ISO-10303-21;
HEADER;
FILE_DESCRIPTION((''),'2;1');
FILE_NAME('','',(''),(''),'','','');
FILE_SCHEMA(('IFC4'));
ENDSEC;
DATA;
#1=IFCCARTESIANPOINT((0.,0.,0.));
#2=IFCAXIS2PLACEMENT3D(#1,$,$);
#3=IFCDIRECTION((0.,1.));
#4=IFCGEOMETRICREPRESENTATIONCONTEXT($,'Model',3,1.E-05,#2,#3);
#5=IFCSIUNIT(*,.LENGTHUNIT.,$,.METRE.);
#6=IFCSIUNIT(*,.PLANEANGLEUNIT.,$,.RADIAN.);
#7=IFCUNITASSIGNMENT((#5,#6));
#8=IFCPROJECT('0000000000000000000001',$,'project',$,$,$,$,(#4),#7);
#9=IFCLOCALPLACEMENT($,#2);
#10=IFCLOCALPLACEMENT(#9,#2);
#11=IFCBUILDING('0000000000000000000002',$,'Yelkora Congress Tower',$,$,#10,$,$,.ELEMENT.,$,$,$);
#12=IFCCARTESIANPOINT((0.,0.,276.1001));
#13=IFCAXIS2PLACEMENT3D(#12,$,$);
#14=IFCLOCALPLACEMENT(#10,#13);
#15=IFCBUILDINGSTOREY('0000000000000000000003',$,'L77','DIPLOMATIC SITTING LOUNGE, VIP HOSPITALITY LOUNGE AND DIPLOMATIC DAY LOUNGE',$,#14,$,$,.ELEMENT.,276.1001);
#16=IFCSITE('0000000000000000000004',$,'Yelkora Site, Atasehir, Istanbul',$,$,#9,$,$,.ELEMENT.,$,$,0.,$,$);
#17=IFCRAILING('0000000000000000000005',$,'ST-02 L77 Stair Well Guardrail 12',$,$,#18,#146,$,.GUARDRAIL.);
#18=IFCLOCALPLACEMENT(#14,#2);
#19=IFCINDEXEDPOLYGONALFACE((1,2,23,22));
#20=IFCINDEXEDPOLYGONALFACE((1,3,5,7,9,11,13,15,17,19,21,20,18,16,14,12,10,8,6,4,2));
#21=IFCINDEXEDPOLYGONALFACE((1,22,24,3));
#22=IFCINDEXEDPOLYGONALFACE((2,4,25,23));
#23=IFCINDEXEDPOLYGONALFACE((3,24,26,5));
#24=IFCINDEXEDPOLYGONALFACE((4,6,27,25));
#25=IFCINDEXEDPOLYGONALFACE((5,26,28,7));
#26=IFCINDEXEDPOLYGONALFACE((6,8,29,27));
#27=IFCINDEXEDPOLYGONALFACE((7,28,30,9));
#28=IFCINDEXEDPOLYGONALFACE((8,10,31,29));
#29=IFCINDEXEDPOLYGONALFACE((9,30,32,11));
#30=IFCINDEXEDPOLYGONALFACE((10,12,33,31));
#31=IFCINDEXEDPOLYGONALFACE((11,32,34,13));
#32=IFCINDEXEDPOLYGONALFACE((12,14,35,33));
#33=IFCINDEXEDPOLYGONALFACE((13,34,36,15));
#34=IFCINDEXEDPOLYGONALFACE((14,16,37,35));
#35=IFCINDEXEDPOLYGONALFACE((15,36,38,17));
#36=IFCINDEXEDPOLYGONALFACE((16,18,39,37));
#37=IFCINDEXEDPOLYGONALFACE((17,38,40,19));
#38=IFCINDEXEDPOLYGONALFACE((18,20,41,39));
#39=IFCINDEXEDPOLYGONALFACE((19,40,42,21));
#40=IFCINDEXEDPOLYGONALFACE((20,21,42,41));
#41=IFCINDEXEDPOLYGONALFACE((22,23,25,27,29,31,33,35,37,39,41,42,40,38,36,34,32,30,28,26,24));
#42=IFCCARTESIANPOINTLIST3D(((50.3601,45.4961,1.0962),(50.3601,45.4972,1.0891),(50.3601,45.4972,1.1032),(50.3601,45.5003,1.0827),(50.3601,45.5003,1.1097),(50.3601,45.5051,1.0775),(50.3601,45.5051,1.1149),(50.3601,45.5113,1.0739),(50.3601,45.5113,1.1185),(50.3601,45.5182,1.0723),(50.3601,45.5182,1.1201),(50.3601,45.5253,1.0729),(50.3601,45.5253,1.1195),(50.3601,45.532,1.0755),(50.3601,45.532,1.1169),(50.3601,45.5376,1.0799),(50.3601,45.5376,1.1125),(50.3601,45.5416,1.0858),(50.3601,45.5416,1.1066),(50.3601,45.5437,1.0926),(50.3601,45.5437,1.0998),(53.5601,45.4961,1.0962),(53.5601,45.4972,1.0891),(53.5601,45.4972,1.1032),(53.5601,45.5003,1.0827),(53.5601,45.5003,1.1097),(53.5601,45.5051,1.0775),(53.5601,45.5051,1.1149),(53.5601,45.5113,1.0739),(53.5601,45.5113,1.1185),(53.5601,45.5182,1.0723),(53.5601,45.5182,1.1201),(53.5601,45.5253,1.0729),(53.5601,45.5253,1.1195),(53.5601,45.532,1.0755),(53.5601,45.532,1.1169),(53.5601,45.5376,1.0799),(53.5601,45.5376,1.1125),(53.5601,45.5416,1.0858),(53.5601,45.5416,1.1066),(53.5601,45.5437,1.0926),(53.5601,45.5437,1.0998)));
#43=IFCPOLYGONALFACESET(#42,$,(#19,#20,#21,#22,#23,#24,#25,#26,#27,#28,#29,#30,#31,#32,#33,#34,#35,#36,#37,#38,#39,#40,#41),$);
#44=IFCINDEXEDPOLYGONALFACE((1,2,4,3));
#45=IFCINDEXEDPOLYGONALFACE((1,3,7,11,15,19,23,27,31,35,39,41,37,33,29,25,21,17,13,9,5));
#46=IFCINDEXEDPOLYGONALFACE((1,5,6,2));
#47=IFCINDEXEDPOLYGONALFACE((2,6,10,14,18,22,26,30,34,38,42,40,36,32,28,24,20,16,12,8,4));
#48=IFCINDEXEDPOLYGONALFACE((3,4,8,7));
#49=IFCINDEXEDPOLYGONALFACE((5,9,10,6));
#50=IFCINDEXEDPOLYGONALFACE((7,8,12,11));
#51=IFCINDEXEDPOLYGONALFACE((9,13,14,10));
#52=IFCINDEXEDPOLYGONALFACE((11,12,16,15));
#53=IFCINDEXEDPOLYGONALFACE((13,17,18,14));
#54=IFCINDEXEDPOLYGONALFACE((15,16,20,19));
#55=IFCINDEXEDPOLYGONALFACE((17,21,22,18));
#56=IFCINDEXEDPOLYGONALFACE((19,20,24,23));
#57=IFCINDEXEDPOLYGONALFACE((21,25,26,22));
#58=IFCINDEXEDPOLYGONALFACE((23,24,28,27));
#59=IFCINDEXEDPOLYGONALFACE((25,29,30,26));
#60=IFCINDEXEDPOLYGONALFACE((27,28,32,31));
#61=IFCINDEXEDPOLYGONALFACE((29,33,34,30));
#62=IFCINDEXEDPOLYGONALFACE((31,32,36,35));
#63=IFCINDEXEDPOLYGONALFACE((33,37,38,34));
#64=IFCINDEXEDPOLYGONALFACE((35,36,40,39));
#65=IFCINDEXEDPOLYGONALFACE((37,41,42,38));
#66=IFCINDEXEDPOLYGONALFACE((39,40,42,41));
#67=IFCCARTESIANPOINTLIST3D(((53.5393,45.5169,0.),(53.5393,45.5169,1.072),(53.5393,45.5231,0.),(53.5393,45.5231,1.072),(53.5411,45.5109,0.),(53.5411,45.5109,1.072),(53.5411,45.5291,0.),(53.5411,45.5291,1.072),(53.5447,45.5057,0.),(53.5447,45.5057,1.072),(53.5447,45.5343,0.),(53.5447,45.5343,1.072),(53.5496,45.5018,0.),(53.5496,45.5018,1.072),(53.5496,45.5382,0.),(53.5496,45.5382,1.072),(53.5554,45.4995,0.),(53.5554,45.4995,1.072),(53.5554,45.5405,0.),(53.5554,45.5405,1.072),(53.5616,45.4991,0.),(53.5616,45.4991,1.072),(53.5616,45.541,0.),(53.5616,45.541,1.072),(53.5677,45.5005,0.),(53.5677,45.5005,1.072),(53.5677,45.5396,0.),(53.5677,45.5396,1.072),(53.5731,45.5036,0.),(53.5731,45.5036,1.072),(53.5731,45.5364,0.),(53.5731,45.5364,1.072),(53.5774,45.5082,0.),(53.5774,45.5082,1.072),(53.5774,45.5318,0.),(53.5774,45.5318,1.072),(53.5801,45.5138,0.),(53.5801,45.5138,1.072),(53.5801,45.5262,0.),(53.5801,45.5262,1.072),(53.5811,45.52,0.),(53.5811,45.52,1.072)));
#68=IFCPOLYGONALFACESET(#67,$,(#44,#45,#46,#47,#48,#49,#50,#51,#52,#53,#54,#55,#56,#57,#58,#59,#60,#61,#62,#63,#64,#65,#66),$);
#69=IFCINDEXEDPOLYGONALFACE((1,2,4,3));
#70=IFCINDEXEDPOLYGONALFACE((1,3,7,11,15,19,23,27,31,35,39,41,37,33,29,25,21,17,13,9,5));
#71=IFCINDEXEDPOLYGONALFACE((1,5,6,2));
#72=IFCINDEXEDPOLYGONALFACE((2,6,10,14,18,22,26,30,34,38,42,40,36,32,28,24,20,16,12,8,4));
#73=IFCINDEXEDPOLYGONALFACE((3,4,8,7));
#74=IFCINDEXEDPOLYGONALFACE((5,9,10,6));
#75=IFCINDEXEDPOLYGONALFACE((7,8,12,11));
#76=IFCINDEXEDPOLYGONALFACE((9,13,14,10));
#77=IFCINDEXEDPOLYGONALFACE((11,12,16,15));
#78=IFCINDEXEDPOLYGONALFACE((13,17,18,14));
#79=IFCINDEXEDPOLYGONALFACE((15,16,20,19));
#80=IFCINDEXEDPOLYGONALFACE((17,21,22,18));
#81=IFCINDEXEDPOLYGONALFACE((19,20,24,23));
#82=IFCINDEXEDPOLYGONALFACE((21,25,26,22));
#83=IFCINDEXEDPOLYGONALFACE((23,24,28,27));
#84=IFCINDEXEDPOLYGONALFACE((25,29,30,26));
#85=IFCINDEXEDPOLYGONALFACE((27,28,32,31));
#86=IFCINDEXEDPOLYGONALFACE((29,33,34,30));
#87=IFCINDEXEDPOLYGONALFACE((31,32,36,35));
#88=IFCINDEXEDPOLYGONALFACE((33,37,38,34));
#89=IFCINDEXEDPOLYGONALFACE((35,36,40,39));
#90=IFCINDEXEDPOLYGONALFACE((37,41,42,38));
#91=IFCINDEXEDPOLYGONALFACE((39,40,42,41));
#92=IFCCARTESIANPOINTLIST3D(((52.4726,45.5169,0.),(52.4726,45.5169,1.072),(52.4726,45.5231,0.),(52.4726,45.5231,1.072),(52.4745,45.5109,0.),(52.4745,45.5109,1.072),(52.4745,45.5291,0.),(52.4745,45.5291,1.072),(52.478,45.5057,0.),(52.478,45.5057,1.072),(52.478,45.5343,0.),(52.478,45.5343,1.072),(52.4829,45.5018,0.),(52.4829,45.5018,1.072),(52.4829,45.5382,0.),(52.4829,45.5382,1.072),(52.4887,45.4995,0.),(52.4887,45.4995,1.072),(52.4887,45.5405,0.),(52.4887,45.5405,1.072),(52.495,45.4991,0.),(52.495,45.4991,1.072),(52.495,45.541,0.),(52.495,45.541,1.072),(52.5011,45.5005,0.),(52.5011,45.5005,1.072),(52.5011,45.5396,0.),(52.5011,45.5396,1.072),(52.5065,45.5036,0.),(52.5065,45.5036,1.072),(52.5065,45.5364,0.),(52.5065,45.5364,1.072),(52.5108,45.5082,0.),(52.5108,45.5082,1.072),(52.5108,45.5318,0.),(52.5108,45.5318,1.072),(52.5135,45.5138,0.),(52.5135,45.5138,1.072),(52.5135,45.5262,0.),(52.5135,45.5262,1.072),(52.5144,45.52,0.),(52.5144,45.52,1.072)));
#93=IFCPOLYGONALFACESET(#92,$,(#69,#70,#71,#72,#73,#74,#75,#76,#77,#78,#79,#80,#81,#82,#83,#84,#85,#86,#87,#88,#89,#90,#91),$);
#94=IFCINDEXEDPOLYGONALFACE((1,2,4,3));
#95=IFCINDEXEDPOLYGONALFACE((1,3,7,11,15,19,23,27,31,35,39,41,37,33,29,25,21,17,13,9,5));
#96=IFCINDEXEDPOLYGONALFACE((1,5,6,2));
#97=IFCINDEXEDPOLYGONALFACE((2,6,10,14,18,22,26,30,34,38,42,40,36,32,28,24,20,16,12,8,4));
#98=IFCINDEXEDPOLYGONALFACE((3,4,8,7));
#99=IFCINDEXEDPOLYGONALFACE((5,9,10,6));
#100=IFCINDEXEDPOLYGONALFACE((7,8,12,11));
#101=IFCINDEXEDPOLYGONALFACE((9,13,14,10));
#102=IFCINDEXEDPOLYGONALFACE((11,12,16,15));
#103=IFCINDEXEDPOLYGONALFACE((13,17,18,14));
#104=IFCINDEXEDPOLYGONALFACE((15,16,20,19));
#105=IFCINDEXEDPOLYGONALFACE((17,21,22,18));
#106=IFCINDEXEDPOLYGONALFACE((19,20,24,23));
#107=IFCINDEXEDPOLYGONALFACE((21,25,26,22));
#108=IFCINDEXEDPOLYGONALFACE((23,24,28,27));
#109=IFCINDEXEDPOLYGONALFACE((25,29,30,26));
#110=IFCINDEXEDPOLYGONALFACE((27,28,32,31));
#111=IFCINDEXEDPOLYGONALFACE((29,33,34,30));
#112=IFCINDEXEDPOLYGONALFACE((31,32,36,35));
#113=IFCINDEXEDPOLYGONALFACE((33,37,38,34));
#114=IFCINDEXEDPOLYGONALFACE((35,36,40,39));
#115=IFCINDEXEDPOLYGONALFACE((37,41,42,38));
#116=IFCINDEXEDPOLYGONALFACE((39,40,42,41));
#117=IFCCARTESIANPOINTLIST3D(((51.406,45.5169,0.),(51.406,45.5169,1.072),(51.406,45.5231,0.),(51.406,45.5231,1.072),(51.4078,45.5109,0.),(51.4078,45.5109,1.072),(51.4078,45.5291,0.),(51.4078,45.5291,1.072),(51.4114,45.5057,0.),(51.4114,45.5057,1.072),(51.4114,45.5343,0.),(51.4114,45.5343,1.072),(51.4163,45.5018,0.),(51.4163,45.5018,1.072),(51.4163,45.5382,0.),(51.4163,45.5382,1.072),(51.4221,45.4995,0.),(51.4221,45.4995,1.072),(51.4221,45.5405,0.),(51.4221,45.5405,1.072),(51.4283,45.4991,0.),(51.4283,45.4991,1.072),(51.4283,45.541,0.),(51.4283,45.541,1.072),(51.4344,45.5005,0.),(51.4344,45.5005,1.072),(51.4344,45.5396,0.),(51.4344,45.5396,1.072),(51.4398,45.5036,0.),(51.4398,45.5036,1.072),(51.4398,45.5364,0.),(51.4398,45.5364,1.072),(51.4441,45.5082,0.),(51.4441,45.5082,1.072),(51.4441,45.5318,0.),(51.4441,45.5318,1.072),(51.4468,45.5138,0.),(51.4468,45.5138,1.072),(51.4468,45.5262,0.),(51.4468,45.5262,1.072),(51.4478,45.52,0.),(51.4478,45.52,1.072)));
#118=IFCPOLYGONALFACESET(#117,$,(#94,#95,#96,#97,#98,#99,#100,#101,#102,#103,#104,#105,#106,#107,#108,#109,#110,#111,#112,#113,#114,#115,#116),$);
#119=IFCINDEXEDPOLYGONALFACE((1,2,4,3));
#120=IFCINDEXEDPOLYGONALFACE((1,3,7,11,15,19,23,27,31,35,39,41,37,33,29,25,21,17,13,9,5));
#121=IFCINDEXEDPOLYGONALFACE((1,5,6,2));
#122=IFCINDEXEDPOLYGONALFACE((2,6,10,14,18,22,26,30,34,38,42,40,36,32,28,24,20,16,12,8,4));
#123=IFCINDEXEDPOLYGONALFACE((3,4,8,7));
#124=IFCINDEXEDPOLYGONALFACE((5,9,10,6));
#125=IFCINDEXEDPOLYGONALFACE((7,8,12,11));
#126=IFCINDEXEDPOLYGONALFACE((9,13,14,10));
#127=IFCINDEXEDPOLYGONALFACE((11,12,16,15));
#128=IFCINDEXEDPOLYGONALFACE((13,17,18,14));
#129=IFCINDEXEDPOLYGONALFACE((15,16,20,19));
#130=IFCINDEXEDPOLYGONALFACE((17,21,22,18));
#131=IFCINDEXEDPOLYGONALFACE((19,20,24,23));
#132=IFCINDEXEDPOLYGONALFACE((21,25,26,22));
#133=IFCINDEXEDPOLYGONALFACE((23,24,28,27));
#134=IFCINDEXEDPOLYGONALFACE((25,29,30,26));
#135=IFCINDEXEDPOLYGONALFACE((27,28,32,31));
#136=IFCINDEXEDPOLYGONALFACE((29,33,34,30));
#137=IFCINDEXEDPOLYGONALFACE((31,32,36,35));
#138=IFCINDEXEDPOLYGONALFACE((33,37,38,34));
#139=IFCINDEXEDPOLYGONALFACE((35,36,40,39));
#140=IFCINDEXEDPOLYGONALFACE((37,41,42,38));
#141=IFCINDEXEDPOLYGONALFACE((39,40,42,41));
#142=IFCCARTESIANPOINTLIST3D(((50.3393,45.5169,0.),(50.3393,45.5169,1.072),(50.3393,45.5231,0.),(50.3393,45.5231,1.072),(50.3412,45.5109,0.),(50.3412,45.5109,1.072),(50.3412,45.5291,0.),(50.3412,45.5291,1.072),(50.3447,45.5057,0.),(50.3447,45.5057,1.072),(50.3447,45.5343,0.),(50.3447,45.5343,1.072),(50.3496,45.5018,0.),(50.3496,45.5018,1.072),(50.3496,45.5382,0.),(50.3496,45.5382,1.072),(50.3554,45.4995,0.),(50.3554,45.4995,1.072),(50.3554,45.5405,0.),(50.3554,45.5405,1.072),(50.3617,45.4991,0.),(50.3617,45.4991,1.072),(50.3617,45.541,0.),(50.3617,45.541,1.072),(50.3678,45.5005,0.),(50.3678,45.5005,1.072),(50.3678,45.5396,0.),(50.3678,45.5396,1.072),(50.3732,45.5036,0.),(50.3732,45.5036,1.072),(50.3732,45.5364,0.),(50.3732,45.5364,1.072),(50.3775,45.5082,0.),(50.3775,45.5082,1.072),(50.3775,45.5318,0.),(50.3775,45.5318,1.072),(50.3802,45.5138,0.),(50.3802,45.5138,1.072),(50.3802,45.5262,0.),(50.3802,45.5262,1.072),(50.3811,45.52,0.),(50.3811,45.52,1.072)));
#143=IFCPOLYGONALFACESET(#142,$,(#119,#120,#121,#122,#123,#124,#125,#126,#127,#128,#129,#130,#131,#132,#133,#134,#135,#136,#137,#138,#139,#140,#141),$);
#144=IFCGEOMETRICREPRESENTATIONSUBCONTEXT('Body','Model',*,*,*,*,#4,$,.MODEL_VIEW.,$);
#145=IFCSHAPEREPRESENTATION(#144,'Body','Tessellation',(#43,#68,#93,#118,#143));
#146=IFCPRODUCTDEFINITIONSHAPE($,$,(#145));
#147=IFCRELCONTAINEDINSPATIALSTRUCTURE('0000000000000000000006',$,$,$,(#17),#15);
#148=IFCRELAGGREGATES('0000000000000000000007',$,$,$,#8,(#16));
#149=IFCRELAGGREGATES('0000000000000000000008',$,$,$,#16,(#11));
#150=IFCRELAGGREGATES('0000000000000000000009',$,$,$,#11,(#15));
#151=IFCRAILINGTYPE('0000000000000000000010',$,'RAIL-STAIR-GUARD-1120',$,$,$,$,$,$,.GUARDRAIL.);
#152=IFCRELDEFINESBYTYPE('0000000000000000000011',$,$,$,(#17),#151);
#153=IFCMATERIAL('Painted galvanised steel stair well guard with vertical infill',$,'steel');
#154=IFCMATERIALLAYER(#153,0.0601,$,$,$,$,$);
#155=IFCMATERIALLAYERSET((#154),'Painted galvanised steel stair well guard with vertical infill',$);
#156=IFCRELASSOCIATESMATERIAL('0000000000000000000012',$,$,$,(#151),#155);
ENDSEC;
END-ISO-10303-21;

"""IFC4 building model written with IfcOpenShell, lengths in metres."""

from ifc_helpers import new_model, si_unit, direction, frame, origin, origin_2d, place, context, subcontext, project, spatial, circle, extrude, material, layer, layer_set, type_object, element, save


model = new_model("IFC4")

# Units and contexts
model_context = context("Model", 3, precision=1e-05, world=origin(), true_north=direction((0.0, 1.0)))
body_context = subcontext(model_context, "Body", "Model", "MODEL_VIEW")
ifc_project = project(units=[si_unit("LENGTHUNIT", "METRE"), si_unit("PLANEANGLEUNIT", "RADIAN")], contexts=[model_context])

# Site, building, storey
site_placement = place(None, origin())
site = spatial("IfcSite", under=ifc_project, at=site_placement, Name="Yelkora Site, Atasehir, Istanbul", CompositionType="ELEMENT", RefElevation=0.0)
building_placement = place(site_placement, origin())
building = spatial("IfcBuilding", under=site, at=building_placement, Name="Yelkora Congress Tower", CompositionType="ELEMENT")
storey_placement = place(building_placement, frame((0.0, 0.0, 276.1001)))
storey = spatial("IfcBuildingStorey", under=building, at=storey_placement, Name="L77", Description="DIPLOMATIC SITTING LOUNGE, VIP HOSPITALITY LOUNGE AND DIPLOMATIC DAY LOUNGE", CompositionType="ELEMENT", Elevation=276.1001)

# Railing
ifc_material_1 = material(Name="Painted galvanised steel stair well guard with vertical infill", Category="steel")
ifc_layer_1 = layer(ifc_material_1, 0.0601)
ifc_layer_set_1 = layer_set([ifc_layer_1], Name="Painted galvanised steel stair well guard with vertical infill")
railing_type = type_object("IfcRailingType", Name="RAIL-STAIR-GUARD-1120", PredefinedType="GUARDRAIL", material=ifc_layer_set_1)
railing_1_placement = place(storey_placement, frame((53.5601, 45.52, 0.0)))
element("IfcRailing", 1, at=railing_1_placement, inside=storey, type_object=railing_type, Name="ST-02 L77 Stair Well Guardrail 12", PredefinedType="GUARDRAIL", context=body_context, shape_type="SweptSolid", body=[
    extrude(circle(Radius=0.0239, at=origin_2d()), frame((0.0, 0.0, 1.0962), z_axis=(-1.0, 0.0, 0.0), x_axis=(0.0, -1.0, 0.0)), (0.0, 0.0, 1.0), 3.2),
    extrude(circle(Radius=0.021, at=origin_2d()), origin(), (0.0, 0.0, 1.0), 1.072),
    extrude(circle(Radius=0.021, at=origin_2d()), frame((-1.0667, 0.0, 0.0)), (0.0, 0.0, 1.0), 1.072),
    extrude(circle(Radius=0.021, at=origin_2d()), frame((-2.1333, 0.0, 0.0)), (0.0, 0.0, 1.0), 1.072),
    extrude(circle(Radius=0.021, at=origin_2d()), frame((-3.2, 0.0, 0.0)), (0.0, 0.0, 1.0), 1.072),
])

save(model, "model.ifc")
